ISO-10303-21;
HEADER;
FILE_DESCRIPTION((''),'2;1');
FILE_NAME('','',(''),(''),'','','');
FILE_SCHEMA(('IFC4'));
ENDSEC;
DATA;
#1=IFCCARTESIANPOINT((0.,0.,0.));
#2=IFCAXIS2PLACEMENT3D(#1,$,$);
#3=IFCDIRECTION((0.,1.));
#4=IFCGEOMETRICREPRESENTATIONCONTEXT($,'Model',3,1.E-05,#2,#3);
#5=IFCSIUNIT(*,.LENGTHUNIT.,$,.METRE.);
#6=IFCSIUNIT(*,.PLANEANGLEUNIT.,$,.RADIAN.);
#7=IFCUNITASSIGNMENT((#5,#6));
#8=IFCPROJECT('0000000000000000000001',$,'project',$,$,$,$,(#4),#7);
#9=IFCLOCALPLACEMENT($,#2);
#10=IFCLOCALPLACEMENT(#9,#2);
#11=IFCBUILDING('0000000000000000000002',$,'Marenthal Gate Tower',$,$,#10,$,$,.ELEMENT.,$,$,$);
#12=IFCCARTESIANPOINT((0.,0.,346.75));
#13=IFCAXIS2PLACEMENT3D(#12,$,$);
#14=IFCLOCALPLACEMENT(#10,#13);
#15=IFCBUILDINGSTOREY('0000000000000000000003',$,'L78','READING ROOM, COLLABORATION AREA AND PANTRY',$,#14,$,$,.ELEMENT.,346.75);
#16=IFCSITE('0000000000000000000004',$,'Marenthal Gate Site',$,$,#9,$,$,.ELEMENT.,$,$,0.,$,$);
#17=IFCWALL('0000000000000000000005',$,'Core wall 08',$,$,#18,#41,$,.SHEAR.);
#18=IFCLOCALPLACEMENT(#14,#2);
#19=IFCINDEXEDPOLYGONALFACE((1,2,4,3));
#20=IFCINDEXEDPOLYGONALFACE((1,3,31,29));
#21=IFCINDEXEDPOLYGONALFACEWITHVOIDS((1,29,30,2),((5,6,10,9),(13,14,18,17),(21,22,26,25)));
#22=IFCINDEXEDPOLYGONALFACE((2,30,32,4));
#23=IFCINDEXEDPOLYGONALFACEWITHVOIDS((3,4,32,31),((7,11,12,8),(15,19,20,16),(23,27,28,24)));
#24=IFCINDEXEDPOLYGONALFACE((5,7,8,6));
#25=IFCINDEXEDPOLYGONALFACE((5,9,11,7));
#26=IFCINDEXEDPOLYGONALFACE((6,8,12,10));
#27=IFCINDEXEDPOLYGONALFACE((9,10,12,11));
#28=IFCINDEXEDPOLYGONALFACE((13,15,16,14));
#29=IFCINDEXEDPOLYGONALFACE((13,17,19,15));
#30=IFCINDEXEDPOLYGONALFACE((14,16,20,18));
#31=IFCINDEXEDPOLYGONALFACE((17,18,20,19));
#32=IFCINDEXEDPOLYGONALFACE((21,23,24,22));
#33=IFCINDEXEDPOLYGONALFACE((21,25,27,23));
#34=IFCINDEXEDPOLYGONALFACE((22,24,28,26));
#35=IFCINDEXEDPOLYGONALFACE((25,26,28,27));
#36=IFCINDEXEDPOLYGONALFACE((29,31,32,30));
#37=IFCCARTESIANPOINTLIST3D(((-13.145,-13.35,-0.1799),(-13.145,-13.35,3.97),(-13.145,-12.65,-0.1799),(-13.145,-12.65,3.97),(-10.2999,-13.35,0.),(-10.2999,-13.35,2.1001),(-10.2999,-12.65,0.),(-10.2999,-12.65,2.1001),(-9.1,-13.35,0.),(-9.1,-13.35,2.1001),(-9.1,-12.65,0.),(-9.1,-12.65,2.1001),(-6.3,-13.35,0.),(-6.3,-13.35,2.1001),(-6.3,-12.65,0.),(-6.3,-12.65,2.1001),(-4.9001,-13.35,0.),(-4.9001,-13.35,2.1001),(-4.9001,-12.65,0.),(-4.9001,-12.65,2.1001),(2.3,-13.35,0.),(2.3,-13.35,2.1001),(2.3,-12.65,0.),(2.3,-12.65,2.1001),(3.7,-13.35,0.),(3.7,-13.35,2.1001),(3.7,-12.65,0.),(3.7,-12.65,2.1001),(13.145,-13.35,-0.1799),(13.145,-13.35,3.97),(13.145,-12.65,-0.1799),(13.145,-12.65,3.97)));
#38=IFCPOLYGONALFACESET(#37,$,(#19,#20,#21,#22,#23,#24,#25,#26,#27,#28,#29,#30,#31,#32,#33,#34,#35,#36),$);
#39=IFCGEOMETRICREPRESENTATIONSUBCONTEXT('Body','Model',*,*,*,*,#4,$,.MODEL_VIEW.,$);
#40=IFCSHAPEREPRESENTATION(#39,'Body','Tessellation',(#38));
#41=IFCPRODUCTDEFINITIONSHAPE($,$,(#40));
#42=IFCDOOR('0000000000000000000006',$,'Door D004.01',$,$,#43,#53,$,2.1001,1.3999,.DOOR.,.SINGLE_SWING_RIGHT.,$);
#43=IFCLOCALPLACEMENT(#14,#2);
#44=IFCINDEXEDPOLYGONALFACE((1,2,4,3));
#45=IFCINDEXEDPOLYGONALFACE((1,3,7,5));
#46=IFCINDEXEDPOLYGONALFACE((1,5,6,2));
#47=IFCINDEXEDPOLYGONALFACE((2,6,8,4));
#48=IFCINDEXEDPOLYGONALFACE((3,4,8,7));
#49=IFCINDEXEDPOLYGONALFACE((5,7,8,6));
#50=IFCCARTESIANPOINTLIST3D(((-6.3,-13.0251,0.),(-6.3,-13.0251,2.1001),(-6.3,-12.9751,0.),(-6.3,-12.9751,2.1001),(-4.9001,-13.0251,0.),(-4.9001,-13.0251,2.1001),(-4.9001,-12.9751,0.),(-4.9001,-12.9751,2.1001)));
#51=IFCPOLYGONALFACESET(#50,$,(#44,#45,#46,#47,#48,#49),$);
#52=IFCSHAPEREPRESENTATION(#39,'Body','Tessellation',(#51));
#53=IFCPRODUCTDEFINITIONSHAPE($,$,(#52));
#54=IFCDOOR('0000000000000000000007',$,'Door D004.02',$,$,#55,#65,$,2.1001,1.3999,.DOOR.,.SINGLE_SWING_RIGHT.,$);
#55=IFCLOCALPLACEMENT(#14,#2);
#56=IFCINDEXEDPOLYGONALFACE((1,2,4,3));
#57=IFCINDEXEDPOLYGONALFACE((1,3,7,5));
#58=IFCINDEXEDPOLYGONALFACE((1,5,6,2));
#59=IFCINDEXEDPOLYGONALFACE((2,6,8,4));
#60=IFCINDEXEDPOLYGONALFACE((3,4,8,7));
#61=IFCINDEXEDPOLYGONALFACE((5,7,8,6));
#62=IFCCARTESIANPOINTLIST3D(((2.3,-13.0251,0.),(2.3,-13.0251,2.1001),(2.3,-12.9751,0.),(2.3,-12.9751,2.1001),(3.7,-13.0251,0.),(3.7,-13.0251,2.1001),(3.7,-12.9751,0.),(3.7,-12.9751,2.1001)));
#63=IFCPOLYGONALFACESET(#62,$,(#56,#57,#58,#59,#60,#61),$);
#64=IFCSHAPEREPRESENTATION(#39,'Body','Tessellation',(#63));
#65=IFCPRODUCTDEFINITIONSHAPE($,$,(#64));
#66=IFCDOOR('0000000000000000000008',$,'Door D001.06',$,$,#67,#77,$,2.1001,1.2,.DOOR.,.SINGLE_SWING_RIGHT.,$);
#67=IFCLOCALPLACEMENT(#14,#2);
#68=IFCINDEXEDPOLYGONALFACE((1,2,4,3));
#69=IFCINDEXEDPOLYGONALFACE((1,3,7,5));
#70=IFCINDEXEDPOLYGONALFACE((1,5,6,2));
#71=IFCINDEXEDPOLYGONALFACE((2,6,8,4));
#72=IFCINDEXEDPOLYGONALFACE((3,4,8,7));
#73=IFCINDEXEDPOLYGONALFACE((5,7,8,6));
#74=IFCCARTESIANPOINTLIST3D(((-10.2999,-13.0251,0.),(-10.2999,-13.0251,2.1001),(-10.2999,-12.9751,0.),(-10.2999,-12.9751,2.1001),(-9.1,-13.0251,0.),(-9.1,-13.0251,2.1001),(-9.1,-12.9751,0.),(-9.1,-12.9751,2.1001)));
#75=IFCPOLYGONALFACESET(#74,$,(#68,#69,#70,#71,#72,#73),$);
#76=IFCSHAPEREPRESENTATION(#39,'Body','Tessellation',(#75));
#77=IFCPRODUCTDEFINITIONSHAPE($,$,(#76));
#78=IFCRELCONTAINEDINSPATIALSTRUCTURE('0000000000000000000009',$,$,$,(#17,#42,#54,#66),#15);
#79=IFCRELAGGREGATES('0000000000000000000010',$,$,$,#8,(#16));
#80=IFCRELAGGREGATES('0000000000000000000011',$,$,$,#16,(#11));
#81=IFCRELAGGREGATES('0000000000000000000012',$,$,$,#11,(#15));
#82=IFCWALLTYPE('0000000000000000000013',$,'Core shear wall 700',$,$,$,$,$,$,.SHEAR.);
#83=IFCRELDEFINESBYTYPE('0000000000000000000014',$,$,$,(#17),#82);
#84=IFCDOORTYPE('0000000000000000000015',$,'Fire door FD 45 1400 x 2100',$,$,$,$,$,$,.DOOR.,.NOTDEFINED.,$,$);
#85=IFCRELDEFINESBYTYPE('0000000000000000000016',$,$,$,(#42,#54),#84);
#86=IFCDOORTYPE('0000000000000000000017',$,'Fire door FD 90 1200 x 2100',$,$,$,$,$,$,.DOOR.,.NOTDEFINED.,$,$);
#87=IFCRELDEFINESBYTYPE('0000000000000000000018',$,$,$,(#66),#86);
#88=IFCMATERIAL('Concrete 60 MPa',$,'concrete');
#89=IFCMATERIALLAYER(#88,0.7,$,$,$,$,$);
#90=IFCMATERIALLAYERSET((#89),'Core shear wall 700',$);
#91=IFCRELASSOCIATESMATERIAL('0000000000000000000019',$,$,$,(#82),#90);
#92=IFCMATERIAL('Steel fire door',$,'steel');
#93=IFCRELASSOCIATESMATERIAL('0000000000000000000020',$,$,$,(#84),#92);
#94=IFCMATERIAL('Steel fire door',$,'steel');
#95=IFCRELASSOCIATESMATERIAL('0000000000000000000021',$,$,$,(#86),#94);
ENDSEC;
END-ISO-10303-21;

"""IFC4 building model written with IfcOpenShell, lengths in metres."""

from ifc_helpers import new_model, si_unit, direction, frame, frame_2d, origin, place, context, subcontext, project, spatial, rectangle, extrude, material, layer, layer_set, type_object, element, fill, save


model = new_model("IFC4")

# Units and contexts
model_context = context("Model", 3, precision=1e-05, world=origin(), true_north=direction((0.0, 1.0)))
body_context = subcontext(model_context, "Body", "Model", "MODEL_VIEW")
ifc_project = project(units=[si_unit("LENGTHUNIT", "METRE"), si_unit("PLANEANGLEUNIT", "RADIAN")], contexts=[model_context])

# Site, building, storey
site_placement = place(None, origin())
site = spatial("IfcSite", under=ifc_project, at=site_placement, Name="Marenthal Gate Site", CompositionType="ELEMENT", RefElevation=0.0)
building_placement = place(site_placement, origin())
building = spatial("IfcBuilding", under=site, at=building_placement, Name="Marenthal Gate Tower", CompositionType="ELEMENT")
storey_placement = place(building_placement, frame((0.0, 0.0, 346.75)))
storey = spatial("IfcBuildingStorey", under=building, at=storey_placement, Name="L78", Description="READING ROOM, COLLABORATION AREA AND PANTRY", CompositionType="ELEMENT", Elevation=346.75)

# Wall, openings, doors
ifc_material_1 = material(Name="Concrete 60 MPa", Category="concrete")
ifc_layer_1 = layer(ifc_material_1, 0.7)
ifc_layer_set_1 = layer_set([ifc_layer_1], Name="Core shear wall 700")
wall_type_1 = type_object("IfcWallType", Name="Core shear wall 700", PredefinedType="SHEAR", material=ifc_layer_set_1)
wall_1_placement = place(storey_placement, frame((-13.145, -13.0, -0.1799), z_axis=(0.0, 0.0, 1.0), x_axis=(1.0, 0.0, 0.0)))
wall_1 = element("IfcWall", 1, at=wall_1_placement, inside=storey, type_object=wall_type_1, Name="Core wall 08", PredefinedType="SHEAR", context=body_context, shape_type="SweptSolid", body=[
    extrude(rectangle(XDim=26.29, YDim=0.7, at=frame_2d((13.145, 0.0))), origin(), (0.0, 0.0, 1.0), 4.1499),
])
opening_1_placement = place(wall_1_placement, frame((2.845, 0.0, 0.1799)))
opening_1 = element("IfcOpeningElement", 2, at=opening_1_placement, cuts=wall_1, PredefinedType="OPENING", context=body_context, shape_type="SweptSolid", body=[
    extrude(rectangle(XDim=1.2, YDim=2.1001, at=frame_2d((0.6001, 1.05))), frame((0.0, 0.3599, 0.0), z_axis=(0.0, -1.0, 0.0), x_axis=(1.0, 0.0, 0.0)), (0.0, 0.0, 1.0), 0.72),
])
opening_2_placement = place(wall_1_placement, frame((6.845, 0.0, 0.1799)))
opening_2 = element("IfcOpeningElement", 3, at=opening_2_placement, cuts=wall_1, PredefinedType="OPENING", context=body_context, shape_type="SweptSolid", body=[
    extrude(rectangle(XDim=1.3999, YDim=2.1001, at=frame_2d((0.7, 1.05))), frame((0.0, 0.3599, 0.0), z_axis=(0.0, -1.0, 0.0), x_axis=(1.0, 0.0, 0.0)), (0.0, 0.0, 1.0), 0.72),
])
opening_3_placement = place(wall_1_placement, frame((15.4451, 0.0, 0.1799)))
opening_3 = element("IfcOpeningElement", 4, at=opening_3_placement, cuts=wall_1, PredefinedType="OPENING", context=body_context, shape_type="SweptSolid", body=[
    extrude(rectangle(XDim=1.3999, YDim=2.1001, at=frame_2d((0.7, 1.05))), frame((0.0, 0.3599, 0.0), z_axis=(0.0, -1.0, 0.0), x_axis=(1.0, 0.0, 0.0)), (0.0, 0.0, 1.0), 0.72),
])
ifc_material_2 = material(Name="Steel fire door", Category="steel")
door_type_1 = type_object("IfcDoorType", Name="Fire door FD 45 1400 x 2100", OperationType="NOTDEFINED", PredefinedType="DOOR", material=ifc_material_2)
door_1_placement = place(opening_2_placement, origin())
door_1 = element("IfcDoor", 5, at=door_1_placement, inside=storey, type_object=door_type_1, Name="Door D004.01", OperationType="SINGLE_SWING_RIGHT", OverallHeight=2.1001, OverallWidth=1.3999, PredefinedType="DOOR", context=body_context, shape_type="SweptSolid", body=[
    extrude(rectangle(XDim=1.3999, YDim=2.1001, at=frame_2d((0.7, 1.05))), frame((0.0, 0.0249, 0.0), z_axis=(0.0, -1.0, 0.0), x_axis=(1.0, 0.0, 0.0)), (0.0, 0.0, 1.0), 0.05),
])
fill(opening_2, door_1)
door_2_placement = place(opening_3_placement, origin())
door_2 = element("IfcDoor", 6, at=door_2_placement, inside=storey, type_object=door_type_1, Name="Door D004.02", OperationType="SINGLE_SWING_RIGHT", OverallHeight=2.1001, OverallWidth=1.3999, PredefinedType="DOOR", context=body_context, shape_type="SweptSolid", body=[
    extrude(rectangle(XDim=1.3999, YDim=2.1001, at=frame_2d((0.7, 1.05))), frame((0.0, 0.0249, 0.0), z_axis=(0.0, -1.0, 0.0), x_axis=(1.0, 0.0, 0.0)), (0.0, 0.0, 1.0), 0.05),
])
fill(opening_3, door_2)
ifc_material_3 = material(Name="Steel fire door", Category="steel")
door_type_2 = type_object("IfcDoorType", Name="Fire door FD 90 1200 x 2100", OperationType="NOTDEFINED", PredefinedType="DOOR", material=ifc_material_3)
door_3_placement = place(opening_1_placement, origin())
door_3 = element("IfcDoor", 7, at=door_3_placement, inside=storey, type_object=door_type_2, Name="Door D001.06", OperationType="SINGLE_SWING_RIGHT", OverallHeight=2.1001, OverallWidth=1.2, PredefinedType="DOOR", context=body_context, shape_type="SweptSolid", body=[
    extrude(rectangle(XDim=1.2, YDim=2.1001, at=frame_2d((0.6001, 1.05))), frame((0.0, 0.0249, 0.0), z_axis=(0.0, -1.0, 0.0), x_axis=(1.0, 0.0, 0.0)), (0.0, 0.0, 1.0), 0.05),
])
fill(opening_1, door_3)

save(model, "model.ifc")
